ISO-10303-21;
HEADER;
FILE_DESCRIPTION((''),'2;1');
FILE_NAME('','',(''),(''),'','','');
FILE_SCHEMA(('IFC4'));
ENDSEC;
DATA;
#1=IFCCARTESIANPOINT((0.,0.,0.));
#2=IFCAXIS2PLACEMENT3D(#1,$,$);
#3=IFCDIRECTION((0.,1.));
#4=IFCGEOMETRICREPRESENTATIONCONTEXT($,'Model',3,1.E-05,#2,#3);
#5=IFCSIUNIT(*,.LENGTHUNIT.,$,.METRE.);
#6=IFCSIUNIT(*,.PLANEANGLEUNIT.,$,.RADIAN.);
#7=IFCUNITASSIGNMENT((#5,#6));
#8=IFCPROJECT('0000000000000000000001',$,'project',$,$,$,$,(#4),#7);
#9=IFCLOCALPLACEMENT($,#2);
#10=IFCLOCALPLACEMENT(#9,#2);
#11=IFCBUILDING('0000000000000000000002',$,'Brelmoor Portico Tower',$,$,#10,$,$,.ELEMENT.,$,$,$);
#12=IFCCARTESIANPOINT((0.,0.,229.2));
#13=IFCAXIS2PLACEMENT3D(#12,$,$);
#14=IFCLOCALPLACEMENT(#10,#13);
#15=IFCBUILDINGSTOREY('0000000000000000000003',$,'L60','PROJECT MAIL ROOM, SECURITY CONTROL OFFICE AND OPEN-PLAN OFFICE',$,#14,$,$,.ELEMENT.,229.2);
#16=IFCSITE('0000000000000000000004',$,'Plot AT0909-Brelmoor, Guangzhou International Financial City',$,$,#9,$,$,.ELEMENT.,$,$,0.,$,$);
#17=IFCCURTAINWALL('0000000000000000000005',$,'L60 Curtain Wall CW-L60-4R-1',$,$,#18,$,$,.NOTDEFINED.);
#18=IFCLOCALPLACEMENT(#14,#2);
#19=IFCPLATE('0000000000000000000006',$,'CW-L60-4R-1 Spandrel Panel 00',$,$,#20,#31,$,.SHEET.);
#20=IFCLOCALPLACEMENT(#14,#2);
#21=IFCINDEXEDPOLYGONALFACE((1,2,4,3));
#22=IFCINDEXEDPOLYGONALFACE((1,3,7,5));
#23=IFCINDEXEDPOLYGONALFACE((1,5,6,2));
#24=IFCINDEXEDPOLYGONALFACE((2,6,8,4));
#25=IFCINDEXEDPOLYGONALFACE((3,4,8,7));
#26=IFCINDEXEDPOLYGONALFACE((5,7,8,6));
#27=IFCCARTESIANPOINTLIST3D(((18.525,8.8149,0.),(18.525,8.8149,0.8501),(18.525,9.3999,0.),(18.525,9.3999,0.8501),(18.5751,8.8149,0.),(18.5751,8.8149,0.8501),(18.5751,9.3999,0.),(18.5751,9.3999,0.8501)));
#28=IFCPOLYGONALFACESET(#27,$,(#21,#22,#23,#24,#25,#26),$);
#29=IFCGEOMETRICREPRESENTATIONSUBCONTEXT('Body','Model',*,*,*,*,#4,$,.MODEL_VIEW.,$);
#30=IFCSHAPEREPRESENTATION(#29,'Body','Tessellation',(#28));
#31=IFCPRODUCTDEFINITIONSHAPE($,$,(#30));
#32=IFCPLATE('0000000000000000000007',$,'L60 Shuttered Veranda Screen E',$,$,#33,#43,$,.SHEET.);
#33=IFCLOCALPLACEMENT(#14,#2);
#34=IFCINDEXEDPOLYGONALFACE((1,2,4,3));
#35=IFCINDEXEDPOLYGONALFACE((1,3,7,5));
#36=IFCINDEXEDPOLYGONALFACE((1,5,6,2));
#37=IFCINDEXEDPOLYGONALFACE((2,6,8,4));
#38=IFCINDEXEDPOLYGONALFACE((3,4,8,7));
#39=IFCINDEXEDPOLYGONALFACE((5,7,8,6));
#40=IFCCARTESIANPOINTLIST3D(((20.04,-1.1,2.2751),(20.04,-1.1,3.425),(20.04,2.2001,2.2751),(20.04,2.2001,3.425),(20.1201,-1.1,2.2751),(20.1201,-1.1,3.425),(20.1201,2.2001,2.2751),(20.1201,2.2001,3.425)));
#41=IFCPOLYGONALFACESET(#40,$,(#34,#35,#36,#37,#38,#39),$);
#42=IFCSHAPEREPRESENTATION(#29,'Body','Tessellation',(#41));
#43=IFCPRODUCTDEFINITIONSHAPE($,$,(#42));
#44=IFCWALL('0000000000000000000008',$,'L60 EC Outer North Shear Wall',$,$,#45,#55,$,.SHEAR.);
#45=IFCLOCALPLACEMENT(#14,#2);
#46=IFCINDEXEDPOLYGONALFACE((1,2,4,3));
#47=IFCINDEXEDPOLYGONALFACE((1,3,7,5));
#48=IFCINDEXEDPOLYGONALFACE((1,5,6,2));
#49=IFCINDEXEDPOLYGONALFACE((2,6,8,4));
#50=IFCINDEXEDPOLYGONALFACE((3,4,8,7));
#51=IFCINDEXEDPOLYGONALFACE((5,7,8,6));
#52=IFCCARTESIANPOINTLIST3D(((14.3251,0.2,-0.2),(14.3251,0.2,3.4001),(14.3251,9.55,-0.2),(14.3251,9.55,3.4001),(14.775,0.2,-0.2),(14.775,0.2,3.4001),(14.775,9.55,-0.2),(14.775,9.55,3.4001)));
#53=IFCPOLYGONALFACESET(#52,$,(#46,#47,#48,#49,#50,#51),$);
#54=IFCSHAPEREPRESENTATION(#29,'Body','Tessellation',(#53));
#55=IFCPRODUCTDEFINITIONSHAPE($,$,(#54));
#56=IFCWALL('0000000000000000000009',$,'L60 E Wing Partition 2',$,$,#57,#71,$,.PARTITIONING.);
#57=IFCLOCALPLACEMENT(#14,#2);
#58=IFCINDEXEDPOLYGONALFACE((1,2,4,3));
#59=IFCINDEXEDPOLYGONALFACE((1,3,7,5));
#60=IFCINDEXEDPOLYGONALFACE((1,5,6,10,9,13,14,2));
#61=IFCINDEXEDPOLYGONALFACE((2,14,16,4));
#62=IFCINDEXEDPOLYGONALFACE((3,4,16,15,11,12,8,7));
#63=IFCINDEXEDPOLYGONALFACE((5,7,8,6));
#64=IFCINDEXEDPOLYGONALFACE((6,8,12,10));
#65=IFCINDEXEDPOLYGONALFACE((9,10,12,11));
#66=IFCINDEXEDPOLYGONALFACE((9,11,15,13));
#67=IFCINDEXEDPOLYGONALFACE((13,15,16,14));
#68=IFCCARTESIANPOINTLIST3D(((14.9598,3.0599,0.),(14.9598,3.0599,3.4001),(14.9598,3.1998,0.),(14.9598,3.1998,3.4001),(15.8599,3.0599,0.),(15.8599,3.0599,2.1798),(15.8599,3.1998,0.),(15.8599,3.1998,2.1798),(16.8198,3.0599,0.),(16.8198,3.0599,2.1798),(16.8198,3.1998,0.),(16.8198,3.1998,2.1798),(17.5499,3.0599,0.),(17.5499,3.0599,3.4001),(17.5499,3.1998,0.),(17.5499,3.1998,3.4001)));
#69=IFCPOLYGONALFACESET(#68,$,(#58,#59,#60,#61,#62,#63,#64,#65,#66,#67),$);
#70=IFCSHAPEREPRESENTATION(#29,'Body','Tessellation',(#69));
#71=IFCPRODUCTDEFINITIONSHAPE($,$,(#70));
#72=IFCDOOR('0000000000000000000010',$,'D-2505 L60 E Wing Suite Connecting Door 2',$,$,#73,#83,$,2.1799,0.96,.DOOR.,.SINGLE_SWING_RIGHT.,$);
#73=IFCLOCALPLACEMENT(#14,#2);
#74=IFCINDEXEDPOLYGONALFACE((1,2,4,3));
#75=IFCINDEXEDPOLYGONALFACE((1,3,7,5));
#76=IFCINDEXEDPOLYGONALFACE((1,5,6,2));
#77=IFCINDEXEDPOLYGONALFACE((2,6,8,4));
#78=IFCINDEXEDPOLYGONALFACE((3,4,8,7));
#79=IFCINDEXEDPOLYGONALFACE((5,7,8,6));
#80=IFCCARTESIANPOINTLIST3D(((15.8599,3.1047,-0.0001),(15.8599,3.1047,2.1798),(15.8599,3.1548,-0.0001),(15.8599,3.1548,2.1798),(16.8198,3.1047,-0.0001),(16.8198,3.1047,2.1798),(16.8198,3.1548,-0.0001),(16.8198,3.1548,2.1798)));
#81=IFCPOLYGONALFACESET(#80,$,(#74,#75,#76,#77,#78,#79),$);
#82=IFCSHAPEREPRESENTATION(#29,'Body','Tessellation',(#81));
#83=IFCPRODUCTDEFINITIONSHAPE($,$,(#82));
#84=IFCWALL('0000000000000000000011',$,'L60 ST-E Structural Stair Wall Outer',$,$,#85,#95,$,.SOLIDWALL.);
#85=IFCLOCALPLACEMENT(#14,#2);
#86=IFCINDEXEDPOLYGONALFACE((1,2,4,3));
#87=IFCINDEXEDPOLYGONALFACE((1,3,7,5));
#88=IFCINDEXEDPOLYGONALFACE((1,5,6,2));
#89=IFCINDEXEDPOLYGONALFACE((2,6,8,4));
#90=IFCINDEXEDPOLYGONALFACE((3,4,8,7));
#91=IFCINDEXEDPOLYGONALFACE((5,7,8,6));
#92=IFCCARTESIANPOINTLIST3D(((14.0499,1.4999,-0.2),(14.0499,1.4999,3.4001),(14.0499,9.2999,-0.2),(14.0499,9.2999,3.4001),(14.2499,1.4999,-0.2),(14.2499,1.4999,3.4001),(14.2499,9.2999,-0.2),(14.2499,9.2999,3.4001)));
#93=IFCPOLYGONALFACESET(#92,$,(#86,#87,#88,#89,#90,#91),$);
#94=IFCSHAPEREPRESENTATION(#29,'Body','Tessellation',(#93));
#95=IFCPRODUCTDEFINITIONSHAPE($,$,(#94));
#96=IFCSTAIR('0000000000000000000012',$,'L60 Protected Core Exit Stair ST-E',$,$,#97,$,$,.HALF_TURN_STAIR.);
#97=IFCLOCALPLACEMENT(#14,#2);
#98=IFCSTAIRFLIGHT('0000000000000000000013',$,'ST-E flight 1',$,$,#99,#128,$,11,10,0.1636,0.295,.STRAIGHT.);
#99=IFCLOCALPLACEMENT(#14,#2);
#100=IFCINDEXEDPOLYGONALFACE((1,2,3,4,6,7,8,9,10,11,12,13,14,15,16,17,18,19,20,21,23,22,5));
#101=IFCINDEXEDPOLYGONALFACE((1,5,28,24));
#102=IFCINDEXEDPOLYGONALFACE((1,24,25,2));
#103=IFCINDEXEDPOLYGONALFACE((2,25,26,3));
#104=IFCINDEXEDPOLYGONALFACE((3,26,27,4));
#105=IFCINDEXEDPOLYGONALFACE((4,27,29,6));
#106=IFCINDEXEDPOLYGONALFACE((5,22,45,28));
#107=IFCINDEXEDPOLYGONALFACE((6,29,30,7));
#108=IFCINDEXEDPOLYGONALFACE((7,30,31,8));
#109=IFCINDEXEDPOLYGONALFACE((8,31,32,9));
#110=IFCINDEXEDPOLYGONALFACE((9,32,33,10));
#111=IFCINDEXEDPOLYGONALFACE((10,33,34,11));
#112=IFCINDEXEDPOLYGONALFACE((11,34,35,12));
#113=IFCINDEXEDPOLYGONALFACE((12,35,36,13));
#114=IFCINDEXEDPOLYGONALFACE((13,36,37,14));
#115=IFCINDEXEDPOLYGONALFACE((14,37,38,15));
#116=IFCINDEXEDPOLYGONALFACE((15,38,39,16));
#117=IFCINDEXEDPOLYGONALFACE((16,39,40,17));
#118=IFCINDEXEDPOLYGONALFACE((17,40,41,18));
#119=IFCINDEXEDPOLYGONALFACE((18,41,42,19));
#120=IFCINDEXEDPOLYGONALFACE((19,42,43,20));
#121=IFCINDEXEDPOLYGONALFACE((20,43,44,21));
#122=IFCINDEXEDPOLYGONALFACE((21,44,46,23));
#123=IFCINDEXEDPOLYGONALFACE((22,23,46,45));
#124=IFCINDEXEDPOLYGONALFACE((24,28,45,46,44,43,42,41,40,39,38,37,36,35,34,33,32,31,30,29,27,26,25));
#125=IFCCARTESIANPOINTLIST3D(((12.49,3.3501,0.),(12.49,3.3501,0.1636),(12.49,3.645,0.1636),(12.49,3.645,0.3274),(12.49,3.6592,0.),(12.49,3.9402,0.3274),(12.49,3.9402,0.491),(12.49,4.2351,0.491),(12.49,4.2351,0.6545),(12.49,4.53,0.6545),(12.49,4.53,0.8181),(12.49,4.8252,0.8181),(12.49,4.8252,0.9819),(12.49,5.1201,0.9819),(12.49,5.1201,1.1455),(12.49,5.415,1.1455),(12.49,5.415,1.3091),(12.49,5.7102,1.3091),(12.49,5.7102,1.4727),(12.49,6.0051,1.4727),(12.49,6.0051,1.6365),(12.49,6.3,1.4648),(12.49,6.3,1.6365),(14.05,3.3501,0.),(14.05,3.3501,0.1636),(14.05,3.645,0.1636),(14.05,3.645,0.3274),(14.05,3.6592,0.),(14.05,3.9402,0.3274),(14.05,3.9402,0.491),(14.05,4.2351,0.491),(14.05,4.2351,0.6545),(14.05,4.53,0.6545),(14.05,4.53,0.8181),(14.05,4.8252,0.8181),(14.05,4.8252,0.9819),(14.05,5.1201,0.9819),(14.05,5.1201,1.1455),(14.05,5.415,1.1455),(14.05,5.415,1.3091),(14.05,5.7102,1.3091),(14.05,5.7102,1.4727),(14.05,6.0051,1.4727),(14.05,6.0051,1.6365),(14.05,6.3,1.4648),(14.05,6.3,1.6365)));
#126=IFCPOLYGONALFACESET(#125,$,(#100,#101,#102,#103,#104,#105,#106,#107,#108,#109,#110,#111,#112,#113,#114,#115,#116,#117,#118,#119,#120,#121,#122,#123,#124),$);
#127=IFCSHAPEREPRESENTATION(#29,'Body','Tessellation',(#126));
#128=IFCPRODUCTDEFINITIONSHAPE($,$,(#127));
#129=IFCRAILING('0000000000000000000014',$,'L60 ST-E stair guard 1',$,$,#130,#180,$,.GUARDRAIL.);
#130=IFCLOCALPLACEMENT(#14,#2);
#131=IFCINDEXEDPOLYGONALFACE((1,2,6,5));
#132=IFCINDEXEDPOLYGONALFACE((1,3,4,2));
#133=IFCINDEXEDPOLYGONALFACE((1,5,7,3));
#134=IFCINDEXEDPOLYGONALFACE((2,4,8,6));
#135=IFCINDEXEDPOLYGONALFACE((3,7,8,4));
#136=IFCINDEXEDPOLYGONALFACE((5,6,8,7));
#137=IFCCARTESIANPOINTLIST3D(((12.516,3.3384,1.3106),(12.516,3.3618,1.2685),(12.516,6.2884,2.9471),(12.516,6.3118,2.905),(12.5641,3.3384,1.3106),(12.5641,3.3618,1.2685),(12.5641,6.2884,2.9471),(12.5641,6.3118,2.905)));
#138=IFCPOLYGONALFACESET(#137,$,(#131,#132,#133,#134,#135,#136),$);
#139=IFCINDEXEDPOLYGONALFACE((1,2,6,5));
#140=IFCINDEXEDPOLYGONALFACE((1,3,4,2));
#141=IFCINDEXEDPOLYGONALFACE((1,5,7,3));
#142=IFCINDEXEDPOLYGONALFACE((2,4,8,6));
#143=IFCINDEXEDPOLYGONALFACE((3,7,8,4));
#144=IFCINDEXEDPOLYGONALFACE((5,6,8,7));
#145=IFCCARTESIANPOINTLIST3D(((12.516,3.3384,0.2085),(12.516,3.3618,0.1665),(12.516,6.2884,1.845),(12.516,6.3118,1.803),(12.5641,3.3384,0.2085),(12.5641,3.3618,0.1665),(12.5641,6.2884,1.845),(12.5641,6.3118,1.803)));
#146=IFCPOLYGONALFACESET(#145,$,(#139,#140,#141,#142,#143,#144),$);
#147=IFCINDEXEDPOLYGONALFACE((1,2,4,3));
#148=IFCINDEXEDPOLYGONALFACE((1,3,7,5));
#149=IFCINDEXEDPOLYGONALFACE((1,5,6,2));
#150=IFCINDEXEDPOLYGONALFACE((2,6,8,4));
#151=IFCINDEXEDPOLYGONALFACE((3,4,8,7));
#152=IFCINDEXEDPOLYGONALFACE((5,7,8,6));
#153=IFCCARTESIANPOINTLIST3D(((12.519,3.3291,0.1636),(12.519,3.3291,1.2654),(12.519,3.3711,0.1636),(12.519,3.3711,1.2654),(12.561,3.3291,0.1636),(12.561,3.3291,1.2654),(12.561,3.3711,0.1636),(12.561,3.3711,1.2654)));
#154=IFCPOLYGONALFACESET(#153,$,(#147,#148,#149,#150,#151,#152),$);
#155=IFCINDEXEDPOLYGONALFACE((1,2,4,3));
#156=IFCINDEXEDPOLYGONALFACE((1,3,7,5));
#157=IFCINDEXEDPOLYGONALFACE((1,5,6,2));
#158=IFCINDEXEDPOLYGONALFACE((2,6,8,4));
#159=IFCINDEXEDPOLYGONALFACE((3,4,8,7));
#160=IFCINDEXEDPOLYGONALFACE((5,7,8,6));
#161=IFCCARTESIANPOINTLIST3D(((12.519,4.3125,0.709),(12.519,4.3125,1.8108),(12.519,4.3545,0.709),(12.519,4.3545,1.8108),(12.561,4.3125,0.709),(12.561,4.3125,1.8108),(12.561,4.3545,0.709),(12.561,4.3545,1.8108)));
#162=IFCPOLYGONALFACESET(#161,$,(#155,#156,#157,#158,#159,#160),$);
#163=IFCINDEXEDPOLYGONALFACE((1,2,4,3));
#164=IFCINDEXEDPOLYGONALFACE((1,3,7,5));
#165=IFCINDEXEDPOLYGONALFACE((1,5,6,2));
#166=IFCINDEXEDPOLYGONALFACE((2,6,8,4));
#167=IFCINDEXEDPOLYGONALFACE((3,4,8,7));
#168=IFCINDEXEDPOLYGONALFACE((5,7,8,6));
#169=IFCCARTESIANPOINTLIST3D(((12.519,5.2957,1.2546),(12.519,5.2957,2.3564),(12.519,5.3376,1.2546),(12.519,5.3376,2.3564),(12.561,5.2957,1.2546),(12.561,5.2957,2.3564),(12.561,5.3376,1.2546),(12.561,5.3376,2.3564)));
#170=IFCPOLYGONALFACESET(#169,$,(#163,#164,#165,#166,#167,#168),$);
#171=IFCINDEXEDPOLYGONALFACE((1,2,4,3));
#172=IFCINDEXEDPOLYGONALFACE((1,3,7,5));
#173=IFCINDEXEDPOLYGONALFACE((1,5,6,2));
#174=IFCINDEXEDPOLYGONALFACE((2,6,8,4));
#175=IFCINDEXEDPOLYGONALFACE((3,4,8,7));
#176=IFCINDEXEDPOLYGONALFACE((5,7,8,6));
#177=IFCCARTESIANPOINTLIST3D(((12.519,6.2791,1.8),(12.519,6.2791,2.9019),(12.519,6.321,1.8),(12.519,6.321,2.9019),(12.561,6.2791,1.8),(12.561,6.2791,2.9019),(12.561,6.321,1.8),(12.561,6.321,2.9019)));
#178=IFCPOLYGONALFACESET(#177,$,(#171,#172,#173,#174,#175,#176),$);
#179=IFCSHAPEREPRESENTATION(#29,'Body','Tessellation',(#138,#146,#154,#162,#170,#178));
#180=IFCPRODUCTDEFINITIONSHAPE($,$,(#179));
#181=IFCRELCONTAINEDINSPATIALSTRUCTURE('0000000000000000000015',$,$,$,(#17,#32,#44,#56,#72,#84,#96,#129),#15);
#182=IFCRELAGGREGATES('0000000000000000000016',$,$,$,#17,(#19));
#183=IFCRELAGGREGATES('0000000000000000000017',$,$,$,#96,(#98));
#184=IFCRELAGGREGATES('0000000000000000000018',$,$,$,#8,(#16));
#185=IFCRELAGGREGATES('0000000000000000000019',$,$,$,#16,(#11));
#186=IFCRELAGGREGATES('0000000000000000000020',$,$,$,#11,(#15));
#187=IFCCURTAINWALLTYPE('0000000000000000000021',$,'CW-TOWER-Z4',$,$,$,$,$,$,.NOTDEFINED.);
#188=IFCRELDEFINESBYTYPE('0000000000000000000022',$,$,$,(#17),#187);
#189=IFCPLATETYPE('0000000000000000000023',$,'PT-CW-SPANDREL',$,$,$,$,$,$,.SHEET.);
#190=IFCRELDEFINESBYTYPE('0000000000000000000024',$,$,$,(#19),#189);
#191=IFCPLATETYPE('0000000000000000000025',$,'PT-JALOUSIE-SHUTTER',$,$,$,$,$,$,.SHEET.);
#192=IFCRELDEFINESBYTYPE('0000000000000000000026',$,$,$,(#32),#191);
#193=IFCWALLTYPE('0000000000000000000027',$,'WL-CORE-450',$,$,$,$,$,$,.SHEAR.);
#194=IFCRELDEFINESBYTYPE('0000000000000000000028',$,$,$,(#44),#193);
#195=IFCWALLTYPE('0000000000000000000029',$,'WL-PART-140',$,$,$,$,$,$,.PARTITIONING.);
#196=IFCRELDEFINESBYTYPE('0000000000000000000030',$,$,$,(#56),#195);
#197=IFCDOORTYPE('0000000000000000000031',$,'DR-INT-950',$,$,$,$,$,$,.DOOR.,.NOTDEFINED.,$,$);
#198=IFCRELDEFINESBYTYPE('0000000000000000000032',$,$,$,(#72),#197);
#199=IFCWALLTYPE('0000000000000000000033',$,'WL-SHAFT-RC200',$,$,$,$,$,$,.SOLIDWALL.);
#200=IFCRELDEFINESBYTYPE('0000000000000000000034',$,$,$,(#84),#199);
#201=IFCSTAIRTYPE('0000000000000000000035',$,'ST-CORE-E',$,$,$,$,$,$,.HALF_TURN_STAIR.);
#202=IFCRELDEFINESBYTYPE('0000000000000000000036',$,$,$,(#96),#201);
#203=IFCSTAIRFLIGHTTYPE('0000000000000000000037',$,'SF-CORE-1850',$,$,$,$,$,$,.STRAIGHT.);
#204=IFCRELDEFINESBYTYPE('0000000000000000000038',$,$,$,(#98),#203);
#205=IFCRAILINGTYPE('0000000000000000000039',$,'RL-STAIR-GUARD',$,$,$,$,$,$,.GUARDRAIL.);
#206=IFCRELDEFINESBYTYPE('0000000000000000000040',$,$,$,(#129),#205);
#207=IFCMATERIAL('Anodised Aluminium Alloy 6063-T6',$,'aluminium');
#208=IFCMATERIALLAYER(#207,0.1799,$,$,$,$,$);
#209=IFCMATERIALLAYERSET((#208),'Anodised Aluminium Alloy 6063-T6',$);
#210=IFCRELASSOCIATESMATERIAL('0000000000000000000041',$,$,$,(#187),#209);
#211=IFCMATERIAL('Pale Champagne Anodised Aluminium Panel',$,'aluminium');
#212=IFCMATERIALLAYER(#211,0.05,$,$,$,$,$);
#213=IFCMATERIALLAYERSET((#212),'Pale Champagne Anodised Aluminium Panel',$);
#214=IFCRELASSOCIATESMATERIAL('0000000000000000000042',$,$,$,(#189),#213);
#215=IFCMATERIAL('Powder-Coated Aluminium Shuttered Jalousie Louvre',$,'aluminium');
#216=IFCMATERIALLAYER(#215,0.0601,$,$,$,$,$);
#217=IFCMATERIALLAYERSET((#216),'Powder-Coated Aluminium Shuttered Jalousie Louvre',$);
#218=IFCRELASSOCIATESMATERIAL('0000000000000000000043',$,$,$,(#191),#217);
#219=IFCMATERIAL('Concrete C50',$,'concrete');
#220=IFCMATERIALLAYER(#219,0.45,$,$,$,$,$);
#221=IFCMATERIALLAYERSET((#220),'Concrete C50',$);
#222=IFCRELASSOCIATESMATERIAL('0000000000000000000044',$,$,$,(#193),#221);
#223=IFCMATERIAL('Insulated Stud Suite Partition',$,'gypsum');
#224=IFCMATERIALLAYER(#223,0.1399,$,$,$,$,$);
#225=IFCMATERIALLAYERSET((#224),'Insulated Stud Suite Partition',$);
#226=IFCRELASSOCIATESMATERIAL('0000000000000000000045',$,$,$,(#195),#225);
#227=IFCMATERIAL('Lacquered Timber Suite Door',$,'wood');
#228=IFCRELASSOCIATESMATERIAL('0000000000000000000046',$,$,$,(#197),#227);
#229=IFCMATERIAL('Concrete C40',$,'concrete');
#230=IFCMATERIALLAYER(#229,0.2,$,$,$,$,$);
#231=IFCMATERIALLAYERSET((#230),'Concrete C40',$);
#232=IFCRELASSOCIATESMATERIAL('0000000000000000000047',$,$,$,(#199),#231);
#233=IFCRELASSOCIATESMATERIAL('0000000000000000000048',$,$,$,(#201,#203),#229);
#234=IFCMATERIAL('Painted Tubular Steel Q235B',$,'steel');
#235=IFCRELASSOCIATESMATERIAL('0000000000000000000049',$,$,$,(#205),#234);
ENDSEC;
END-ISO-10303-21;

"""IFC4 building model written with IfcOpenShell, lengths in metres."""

from ifc_helpers import new_model, si_unit, direction, frame, frame_2d, origin, origin_2d, place, context, subcontext, project, spatial, polyline, rectangle, outline, extrude, material, layer, layer_set, type_object, element, fill, aggregate, save


model = new_model("IFC4")

# Units and contexts
model_context = context("Model", 3, precision=1e-05, world=origin(), true_north=direction((0.0, 1.0)))
body_context = subcontext(model_context, "Body", "Model", "MODEL_VIEW")
ifc_project = project(units=[si_unit("LENGTHUNIT", "METRE"), si_unit("PLANEANGLEUNIT", "RADIAN")], contexts=[model_context])

# Site, building, storey
site_placement = place(None, origin())
site = spatial("IfcSite", under=ifc_project, at=site_placement, Name="Plot AT0909-Brelmoor, Guangzhou International Financial City", CompositionType="ELEMENT", RefElevation=0.0)
building_placement = place(site_placement, origin())
building = spatial("IfcBuilding", under=site, at=building_placement, Name="Brelmoor Portico Tower", CompositionType="ELEMENT")
storey_placement = place(building_placement, frame((0.0, 0.0, 229.2)))
storey = spatial("IfcBuildingStorey", under=building, at=storey_placement, Name="L60", Description="PROJECT MAIL ROOM, SECURITY CONTROL OFFICE AND OPEN-PLAN OFFICE", CompositionType="ELEMENT", Elevation=229.2)

# Curtain wall
ifc_material_1 = material(Name="Anodised Aluminium Alloy 6063-T6", Category="aluminium")
ifc_layer_1 = layer(ifc_material_1, 0.1799)
ifc_layer_set_1 = layer_set([ifc_layer_1], Name="Anodised Aluminium Alloy 6063-T6")
curtain_wall_type = type_object("IfcCurtainWallType", Name="CW-TOWER-Z4", PredefinedType="NOTDEFINED", material=ifc_layer_set_1)
curtain_wall_placement = place(storey_placement, origin())
curtain_wall = element("IfcCurtainWall", 1, at=curtain_wall_placement, inside=storey, type_object=curtain_wall_type, Name="L60 Curtain Wall CW-L60-4R-1", PredefinedType="NOTDEFINED")

# Plates
ifc_material_2 = material(Name="Pale Champagne Anodised Aluminium Panel", Category="aluminium")
ifc_layer_2 = layer(ifc_material_2, 0.05)
ifc_layer_set_2 = layer_set([ifc_layer_2], Name="Pale Champagne Anodised Aluminium Panel")
plate_type_1 = type_object("IfcPlateType", Name="PT-CW-SPANDREL", PredefinedType="SHEET", material=ifc_layer_set_2)
plate_1_placement = place(storey_placement, frame((18.55, 9.1074, 0.0), z_axis=(0.0, 0.0, 1.0), x_axis=(0.0, 1.0, 0.0)))
plate_1 = element("IfcPlate", 2, at=plate_1_placement, type_object=plate_type_1, Name="CW-L60-4R-1 Spandrel Panel 00", PredefinedType="SHEET", context=body_context, shape_type="SweptSolid", body=[
    extrude(rectangle(XDim=0.585, YDim=0.05, at=origin_2d()), origin(), (0.0, 0.0, 1.0), 0.8501),
])
aggregate(curtain_wall, [plate_1])
ifc_material_3 = material(Name="Powder-Coated Aluminium Shuttered Jalousie Louvre", Category="aluminium")
ifc_layer_3 = layer(ifc_material_3, 0.0601)
ifc_layer_set_3 = layer_set([ifc_layer_3], Name="Powder-Coated Aluminium Shuttered Jalousie Louvre")
plate_type_2 = type_object("IfcPlateType", Name="PT-JALOUSIE-SHUTTER", PredefinedType="SHEET", material=ifc_layer_set_3)
plate_2_placement = place(storey_placement, frame((20.0801, 0.55, 2.2751), z_axis=(0.0, 0.0, 1.0), x_axis=(0.0, 1.0, 0.0)))
element("IfcPlate", 3, at=plate_2_placement, inside=storey, type_object=plate_type_2, Name="L60 Shuttered Veranda Screen E", PredefinedType="SHEET", context=body_context, shape_type="SweptSolid", body=[
    extrude(rectangle(XDim=3.3, YDim=0.0801, at=origin_2d()), origin(), (0.0, 0.0, 1.0), 1.1499),
])

# Wall
ifc_material_4 = material(Name="Concrete C50", Category="concrete")
ifc_layer_4 = layer(ifc_material_4, 0.45)
ifc_layer_set_4 = layer_set([ifc_layer_4], Name="Concrete C50")
wall_type_1 = type_object("IfcWallType", Name="WL-CORE-450", PredefinedType="SHEAR", material=ifc_layer_set_4)
wall_1_placement = place(storey_placement, frame((14.55, 0.2, -0.2), z_axis=(0.0, 0.0, 1.0), x_axis=(0.0, 1.0, 0.0)))
element("IfcWall", 4, at=wall_1_placement, inside=storey, type_object=wall_type_1, Name="L60 EC Outer North Shear Wall", PredefinedType="SHEAR", context=body_context, shape_type="SweptSolid", body=[
    extrude(rectangle(XDim=9.3501, YDim=0.45, at=frame_2d((4.675, 0.0))), origin(), (0.0, 0.0, 1.0), 3.6001),
])

# Wall, opening, door
ifc_material_5 = material(Name="Insulated Stud Suite Partition", Category="gypsum")
ifc_layer_5 = layer(ifc_material_5, 0.1399)
ifc_layer_set_5 = layer_set([ifc_layer_5], Name="Insulated Stud Suite Partition")
wall_type_2 = type_object("IfcWallType", Name="WL-PART-140", PredefinedType="PARTITIONING", material=ifc_layer_set_5)
wall_2_placement = place(storey_placement, frame((14.96, 3.1299, 0.0), z_axis=(0.0, 0.0, 1.0), x_axis=(1.0, 0.0, 0.0)))
wall_2 = element("IfcWall", 5, at=wall_2_placement, inside=storey, type_object=wall_type_2, Name="L60 E Wing Partition 2", PredefinedType="PARTITIONING", context=body_context, shape_type="SweptSolid", body=[
    extrude(rectangle(XDim=2.5901, YDim=0.1399, at=frame_2d((1.2949, 0.0))), origin(), (0.0, 0.0, 1.0), 3.4001),
])
opening_placement = place(wall_2_placement, frame((0.8999, 0.0, 0.0)))
opening = element("IfcOpeningElement", 6, at=opening_placement, cuts=wall_2, PredefinedType="OPENING", context=body_context, shape_type="SweptSolid", body=[
    extrude(rectangle(XDim=0.96, YDim=2.1799, at=frame_2d((0.48, 1.0898))), frame((0.0, 0.0798, 0.0), z_axis=(0.0, -1.0, 0.0), x_axis=(1.0, 0.0, 0.0)), (0.0, 0.0, 1.0), 0.1599),
])
ifc_material_6 = material(Name="Lacquered Timber Suite Door", Category="wood")
door_type = type_object("IfcDoorType", Name="DR-INT-950", OperationType="NOTDEFINED", PredefinedType="DOOR", material=ifc_material_6)
door_placement = place(opening_placement, origin())
door = element("IfcDoor", 7, at=door_placement, inside=storey, type_object=door_type, Name="D-2505 L60 E Wing Suite Connecting Door 2", OperationType="SINGLE_SWING_RIGHT", OverallHeight=2.1799, OverallWidth=0.96, PredefinedType="DOOR", context=body_context, shape_type="SweptSolid", body=[
    extrude(rectangle(XDim=0.96, YDim=2.1799, at=frame_2d((0.48, 1.0898))), frame((0.0, 0.0249, 0.0), z_axis=(0.0, -1.0, 0.0), x_axis=(1.0, 0.0, 0.0)), (0.0, 0.0, 1.0), 0.05),
])
fill(opening, door)

# Wall
ifc_material_7 = material(Name="Concrete C40", Category="concrete")
ifc_layer_6 = layer(ifc_material_7, 0.2)
ifc_layer_set_6 = layer_set([ifc_layer_6], Name="Concrete C40")
wall_type_3 = type_object("IfcWallType", Name="WL-SHAFT-RC200", PredefinedType="SOLIDWALL", material=ifc_layer_set_6)
wall_3_placement = place(storey_placement, frame((14.1499, 1.5, -0.2), z_axis=(0.0, 0.0, 1.0), x_axis=(0.0, 1.0, 0.0)))
element("IfcWall", 8, at=wall_3_placement, inside=storey, type_object=wall_type_3, Name="L60 ST-E Structural Stair Wall Outer", PredefinedType="SOLIDWALL", context=body_context, shape_type="SweptSolid", body=[
    extrude(rectangle(XDim=7.8, YDim=0.2, at=frame_2d((3.8999, 0.0))), origin(), (0.0, 0.0, 1.0), 3.6001),
])

# Stair, stair flight
stair_type = type_object("IfcStairType", Name="ST-CORE-E", PredefinedType="HALF_TURN_STAIR", material=ifc_material_7)
stair_placement = place(storey_placement, origin())
stair = element("IfcStair", 9, at=stair_placement, inside=storey, type_object=stair_type, Name="L60 Protected Core Exit Stair ST-E", PredefinedType="HALF_TURN_STAIR")
stair_flight_type = type_object("IfcStairFlightType", Name="SF-CORE-1850", PredefinedType="STRAIGHT", material=ifc_material_7)
stair_flight_placement = place(storey_placement, frame((13.27, 3.3501, 0.0), z_axis=(0.0, 0.0, 1.0), x_axis=(0.0, 1.0, 0.0)))
stair_flight = element("IfcStairFlight", 10, at=stair_flight_placement, type_object=stair_flight_type, Name="ST-E flight 1", NumberOfRisers=11, NumberOfTreads=10, PredefinedType="STRAIGHT", RiserHeight=0.1636, TreadLength=0.295, context=body_context, shape_type="SweptSolid", body=[
    extrude(outline(polyline([(0.0, 0.0), (0.0, 0.1636), (0.2949, 0.1636), (0.2949, 0.3274), (0.5901, 0.3274), (0.5901, 0.491), (0.885, 0.491), (0.885, 0.6545), (1.1799, 0.6545), (1.1799, 0.8181), (1.4751, 0.8181), (1.4751, 0.9819), (1.77, 0.9819), (1.77, 1.1455), (2.0649, 1.1455), (2.0649, 1.3091), (2.3601, 1.3091), (2.3601, 1.4727), (2.655, 1.4727), (2.655, 1.6365), (2.95, 1.6365), (2.95, 1.8), (2.95, 1.4648), (0.3091, 0.0), (0.0, 0.0)])), frame((0.0, 0.78, 0.0), z_axis=(0.0, -1.0, 0.0), x_axis=(1.0, 0.0, 0.0)), (0.0, 0.0, 1.0), 1.5601),
])
aggregate(stair, [stair_flight])

# Railing
ifc_material_8 = material(Name="Painted Tubular Steel Q235B", Category="steel")
railing_type_1 = type_object("IfcRailingType", Name="RL-STAIR-GUARD", PredefinedType="GUARDRAIL", material=ifc_material_8)
railing_1_placement = place(storey_placement, frame((12.54, 3.3501, 0.1636)))
element("IfcRailing", 11, at=railing_1_placement, inside=storey, type_object=railing_type_1, Name="L60 ST-E stair guard 1", PredefinedType="GUARDRAIL", context=body_context, shape_type="SweptSolid", body=[
    extrude(rectangle(XDim=0.0481, YDim=0.0481, at=origin_2d()), frame((0.0, 0.0, 1.126), z_axis=(0.0, 0.874458, 0.485102), x_axis=(-1.0, 0.0, 0.0)), (0.0, 0.0, 1.0), 3.3735),
    extrude(rectangle(XDim=0.0481, YDim=0.0481, at=origin_2d()), frame((0.0, 0.0, 0.0239), z_axis=(0.0, 0.874458, 0.485102), x_axis=(-1.0, 0.0, 0.0)), (0.0, 0.0, 1.0), 3.3735),
    extrude(rectangle(XDim=0.042, YDim=0.042, at=origin_2d()), origin(), (0.0, 0.0, 1.0), 1.1018),
    extrude(rectangle(XDim=0.042, YDim=0.042, at=origin_2d()), frame((0.0, 0.9834, 0.5454)), (0.0, 0.0, 1.0), 1.1018),
    extrude(rectangle(XDim=0.042, YDim=0.042, at=origin_2d()), frame((0.0, 1.9666, 1.0911)), (0.0, 0.0, 1.0), 1.1018),
    extrude(rectangle(XDim=0.042, YDim=0.042, at=origin_2d()), frame((0.0, 2.95, 1.6365)), (0.0, 0.0, 1.0), 1.1018),
])

save(model, "model.ifc")
